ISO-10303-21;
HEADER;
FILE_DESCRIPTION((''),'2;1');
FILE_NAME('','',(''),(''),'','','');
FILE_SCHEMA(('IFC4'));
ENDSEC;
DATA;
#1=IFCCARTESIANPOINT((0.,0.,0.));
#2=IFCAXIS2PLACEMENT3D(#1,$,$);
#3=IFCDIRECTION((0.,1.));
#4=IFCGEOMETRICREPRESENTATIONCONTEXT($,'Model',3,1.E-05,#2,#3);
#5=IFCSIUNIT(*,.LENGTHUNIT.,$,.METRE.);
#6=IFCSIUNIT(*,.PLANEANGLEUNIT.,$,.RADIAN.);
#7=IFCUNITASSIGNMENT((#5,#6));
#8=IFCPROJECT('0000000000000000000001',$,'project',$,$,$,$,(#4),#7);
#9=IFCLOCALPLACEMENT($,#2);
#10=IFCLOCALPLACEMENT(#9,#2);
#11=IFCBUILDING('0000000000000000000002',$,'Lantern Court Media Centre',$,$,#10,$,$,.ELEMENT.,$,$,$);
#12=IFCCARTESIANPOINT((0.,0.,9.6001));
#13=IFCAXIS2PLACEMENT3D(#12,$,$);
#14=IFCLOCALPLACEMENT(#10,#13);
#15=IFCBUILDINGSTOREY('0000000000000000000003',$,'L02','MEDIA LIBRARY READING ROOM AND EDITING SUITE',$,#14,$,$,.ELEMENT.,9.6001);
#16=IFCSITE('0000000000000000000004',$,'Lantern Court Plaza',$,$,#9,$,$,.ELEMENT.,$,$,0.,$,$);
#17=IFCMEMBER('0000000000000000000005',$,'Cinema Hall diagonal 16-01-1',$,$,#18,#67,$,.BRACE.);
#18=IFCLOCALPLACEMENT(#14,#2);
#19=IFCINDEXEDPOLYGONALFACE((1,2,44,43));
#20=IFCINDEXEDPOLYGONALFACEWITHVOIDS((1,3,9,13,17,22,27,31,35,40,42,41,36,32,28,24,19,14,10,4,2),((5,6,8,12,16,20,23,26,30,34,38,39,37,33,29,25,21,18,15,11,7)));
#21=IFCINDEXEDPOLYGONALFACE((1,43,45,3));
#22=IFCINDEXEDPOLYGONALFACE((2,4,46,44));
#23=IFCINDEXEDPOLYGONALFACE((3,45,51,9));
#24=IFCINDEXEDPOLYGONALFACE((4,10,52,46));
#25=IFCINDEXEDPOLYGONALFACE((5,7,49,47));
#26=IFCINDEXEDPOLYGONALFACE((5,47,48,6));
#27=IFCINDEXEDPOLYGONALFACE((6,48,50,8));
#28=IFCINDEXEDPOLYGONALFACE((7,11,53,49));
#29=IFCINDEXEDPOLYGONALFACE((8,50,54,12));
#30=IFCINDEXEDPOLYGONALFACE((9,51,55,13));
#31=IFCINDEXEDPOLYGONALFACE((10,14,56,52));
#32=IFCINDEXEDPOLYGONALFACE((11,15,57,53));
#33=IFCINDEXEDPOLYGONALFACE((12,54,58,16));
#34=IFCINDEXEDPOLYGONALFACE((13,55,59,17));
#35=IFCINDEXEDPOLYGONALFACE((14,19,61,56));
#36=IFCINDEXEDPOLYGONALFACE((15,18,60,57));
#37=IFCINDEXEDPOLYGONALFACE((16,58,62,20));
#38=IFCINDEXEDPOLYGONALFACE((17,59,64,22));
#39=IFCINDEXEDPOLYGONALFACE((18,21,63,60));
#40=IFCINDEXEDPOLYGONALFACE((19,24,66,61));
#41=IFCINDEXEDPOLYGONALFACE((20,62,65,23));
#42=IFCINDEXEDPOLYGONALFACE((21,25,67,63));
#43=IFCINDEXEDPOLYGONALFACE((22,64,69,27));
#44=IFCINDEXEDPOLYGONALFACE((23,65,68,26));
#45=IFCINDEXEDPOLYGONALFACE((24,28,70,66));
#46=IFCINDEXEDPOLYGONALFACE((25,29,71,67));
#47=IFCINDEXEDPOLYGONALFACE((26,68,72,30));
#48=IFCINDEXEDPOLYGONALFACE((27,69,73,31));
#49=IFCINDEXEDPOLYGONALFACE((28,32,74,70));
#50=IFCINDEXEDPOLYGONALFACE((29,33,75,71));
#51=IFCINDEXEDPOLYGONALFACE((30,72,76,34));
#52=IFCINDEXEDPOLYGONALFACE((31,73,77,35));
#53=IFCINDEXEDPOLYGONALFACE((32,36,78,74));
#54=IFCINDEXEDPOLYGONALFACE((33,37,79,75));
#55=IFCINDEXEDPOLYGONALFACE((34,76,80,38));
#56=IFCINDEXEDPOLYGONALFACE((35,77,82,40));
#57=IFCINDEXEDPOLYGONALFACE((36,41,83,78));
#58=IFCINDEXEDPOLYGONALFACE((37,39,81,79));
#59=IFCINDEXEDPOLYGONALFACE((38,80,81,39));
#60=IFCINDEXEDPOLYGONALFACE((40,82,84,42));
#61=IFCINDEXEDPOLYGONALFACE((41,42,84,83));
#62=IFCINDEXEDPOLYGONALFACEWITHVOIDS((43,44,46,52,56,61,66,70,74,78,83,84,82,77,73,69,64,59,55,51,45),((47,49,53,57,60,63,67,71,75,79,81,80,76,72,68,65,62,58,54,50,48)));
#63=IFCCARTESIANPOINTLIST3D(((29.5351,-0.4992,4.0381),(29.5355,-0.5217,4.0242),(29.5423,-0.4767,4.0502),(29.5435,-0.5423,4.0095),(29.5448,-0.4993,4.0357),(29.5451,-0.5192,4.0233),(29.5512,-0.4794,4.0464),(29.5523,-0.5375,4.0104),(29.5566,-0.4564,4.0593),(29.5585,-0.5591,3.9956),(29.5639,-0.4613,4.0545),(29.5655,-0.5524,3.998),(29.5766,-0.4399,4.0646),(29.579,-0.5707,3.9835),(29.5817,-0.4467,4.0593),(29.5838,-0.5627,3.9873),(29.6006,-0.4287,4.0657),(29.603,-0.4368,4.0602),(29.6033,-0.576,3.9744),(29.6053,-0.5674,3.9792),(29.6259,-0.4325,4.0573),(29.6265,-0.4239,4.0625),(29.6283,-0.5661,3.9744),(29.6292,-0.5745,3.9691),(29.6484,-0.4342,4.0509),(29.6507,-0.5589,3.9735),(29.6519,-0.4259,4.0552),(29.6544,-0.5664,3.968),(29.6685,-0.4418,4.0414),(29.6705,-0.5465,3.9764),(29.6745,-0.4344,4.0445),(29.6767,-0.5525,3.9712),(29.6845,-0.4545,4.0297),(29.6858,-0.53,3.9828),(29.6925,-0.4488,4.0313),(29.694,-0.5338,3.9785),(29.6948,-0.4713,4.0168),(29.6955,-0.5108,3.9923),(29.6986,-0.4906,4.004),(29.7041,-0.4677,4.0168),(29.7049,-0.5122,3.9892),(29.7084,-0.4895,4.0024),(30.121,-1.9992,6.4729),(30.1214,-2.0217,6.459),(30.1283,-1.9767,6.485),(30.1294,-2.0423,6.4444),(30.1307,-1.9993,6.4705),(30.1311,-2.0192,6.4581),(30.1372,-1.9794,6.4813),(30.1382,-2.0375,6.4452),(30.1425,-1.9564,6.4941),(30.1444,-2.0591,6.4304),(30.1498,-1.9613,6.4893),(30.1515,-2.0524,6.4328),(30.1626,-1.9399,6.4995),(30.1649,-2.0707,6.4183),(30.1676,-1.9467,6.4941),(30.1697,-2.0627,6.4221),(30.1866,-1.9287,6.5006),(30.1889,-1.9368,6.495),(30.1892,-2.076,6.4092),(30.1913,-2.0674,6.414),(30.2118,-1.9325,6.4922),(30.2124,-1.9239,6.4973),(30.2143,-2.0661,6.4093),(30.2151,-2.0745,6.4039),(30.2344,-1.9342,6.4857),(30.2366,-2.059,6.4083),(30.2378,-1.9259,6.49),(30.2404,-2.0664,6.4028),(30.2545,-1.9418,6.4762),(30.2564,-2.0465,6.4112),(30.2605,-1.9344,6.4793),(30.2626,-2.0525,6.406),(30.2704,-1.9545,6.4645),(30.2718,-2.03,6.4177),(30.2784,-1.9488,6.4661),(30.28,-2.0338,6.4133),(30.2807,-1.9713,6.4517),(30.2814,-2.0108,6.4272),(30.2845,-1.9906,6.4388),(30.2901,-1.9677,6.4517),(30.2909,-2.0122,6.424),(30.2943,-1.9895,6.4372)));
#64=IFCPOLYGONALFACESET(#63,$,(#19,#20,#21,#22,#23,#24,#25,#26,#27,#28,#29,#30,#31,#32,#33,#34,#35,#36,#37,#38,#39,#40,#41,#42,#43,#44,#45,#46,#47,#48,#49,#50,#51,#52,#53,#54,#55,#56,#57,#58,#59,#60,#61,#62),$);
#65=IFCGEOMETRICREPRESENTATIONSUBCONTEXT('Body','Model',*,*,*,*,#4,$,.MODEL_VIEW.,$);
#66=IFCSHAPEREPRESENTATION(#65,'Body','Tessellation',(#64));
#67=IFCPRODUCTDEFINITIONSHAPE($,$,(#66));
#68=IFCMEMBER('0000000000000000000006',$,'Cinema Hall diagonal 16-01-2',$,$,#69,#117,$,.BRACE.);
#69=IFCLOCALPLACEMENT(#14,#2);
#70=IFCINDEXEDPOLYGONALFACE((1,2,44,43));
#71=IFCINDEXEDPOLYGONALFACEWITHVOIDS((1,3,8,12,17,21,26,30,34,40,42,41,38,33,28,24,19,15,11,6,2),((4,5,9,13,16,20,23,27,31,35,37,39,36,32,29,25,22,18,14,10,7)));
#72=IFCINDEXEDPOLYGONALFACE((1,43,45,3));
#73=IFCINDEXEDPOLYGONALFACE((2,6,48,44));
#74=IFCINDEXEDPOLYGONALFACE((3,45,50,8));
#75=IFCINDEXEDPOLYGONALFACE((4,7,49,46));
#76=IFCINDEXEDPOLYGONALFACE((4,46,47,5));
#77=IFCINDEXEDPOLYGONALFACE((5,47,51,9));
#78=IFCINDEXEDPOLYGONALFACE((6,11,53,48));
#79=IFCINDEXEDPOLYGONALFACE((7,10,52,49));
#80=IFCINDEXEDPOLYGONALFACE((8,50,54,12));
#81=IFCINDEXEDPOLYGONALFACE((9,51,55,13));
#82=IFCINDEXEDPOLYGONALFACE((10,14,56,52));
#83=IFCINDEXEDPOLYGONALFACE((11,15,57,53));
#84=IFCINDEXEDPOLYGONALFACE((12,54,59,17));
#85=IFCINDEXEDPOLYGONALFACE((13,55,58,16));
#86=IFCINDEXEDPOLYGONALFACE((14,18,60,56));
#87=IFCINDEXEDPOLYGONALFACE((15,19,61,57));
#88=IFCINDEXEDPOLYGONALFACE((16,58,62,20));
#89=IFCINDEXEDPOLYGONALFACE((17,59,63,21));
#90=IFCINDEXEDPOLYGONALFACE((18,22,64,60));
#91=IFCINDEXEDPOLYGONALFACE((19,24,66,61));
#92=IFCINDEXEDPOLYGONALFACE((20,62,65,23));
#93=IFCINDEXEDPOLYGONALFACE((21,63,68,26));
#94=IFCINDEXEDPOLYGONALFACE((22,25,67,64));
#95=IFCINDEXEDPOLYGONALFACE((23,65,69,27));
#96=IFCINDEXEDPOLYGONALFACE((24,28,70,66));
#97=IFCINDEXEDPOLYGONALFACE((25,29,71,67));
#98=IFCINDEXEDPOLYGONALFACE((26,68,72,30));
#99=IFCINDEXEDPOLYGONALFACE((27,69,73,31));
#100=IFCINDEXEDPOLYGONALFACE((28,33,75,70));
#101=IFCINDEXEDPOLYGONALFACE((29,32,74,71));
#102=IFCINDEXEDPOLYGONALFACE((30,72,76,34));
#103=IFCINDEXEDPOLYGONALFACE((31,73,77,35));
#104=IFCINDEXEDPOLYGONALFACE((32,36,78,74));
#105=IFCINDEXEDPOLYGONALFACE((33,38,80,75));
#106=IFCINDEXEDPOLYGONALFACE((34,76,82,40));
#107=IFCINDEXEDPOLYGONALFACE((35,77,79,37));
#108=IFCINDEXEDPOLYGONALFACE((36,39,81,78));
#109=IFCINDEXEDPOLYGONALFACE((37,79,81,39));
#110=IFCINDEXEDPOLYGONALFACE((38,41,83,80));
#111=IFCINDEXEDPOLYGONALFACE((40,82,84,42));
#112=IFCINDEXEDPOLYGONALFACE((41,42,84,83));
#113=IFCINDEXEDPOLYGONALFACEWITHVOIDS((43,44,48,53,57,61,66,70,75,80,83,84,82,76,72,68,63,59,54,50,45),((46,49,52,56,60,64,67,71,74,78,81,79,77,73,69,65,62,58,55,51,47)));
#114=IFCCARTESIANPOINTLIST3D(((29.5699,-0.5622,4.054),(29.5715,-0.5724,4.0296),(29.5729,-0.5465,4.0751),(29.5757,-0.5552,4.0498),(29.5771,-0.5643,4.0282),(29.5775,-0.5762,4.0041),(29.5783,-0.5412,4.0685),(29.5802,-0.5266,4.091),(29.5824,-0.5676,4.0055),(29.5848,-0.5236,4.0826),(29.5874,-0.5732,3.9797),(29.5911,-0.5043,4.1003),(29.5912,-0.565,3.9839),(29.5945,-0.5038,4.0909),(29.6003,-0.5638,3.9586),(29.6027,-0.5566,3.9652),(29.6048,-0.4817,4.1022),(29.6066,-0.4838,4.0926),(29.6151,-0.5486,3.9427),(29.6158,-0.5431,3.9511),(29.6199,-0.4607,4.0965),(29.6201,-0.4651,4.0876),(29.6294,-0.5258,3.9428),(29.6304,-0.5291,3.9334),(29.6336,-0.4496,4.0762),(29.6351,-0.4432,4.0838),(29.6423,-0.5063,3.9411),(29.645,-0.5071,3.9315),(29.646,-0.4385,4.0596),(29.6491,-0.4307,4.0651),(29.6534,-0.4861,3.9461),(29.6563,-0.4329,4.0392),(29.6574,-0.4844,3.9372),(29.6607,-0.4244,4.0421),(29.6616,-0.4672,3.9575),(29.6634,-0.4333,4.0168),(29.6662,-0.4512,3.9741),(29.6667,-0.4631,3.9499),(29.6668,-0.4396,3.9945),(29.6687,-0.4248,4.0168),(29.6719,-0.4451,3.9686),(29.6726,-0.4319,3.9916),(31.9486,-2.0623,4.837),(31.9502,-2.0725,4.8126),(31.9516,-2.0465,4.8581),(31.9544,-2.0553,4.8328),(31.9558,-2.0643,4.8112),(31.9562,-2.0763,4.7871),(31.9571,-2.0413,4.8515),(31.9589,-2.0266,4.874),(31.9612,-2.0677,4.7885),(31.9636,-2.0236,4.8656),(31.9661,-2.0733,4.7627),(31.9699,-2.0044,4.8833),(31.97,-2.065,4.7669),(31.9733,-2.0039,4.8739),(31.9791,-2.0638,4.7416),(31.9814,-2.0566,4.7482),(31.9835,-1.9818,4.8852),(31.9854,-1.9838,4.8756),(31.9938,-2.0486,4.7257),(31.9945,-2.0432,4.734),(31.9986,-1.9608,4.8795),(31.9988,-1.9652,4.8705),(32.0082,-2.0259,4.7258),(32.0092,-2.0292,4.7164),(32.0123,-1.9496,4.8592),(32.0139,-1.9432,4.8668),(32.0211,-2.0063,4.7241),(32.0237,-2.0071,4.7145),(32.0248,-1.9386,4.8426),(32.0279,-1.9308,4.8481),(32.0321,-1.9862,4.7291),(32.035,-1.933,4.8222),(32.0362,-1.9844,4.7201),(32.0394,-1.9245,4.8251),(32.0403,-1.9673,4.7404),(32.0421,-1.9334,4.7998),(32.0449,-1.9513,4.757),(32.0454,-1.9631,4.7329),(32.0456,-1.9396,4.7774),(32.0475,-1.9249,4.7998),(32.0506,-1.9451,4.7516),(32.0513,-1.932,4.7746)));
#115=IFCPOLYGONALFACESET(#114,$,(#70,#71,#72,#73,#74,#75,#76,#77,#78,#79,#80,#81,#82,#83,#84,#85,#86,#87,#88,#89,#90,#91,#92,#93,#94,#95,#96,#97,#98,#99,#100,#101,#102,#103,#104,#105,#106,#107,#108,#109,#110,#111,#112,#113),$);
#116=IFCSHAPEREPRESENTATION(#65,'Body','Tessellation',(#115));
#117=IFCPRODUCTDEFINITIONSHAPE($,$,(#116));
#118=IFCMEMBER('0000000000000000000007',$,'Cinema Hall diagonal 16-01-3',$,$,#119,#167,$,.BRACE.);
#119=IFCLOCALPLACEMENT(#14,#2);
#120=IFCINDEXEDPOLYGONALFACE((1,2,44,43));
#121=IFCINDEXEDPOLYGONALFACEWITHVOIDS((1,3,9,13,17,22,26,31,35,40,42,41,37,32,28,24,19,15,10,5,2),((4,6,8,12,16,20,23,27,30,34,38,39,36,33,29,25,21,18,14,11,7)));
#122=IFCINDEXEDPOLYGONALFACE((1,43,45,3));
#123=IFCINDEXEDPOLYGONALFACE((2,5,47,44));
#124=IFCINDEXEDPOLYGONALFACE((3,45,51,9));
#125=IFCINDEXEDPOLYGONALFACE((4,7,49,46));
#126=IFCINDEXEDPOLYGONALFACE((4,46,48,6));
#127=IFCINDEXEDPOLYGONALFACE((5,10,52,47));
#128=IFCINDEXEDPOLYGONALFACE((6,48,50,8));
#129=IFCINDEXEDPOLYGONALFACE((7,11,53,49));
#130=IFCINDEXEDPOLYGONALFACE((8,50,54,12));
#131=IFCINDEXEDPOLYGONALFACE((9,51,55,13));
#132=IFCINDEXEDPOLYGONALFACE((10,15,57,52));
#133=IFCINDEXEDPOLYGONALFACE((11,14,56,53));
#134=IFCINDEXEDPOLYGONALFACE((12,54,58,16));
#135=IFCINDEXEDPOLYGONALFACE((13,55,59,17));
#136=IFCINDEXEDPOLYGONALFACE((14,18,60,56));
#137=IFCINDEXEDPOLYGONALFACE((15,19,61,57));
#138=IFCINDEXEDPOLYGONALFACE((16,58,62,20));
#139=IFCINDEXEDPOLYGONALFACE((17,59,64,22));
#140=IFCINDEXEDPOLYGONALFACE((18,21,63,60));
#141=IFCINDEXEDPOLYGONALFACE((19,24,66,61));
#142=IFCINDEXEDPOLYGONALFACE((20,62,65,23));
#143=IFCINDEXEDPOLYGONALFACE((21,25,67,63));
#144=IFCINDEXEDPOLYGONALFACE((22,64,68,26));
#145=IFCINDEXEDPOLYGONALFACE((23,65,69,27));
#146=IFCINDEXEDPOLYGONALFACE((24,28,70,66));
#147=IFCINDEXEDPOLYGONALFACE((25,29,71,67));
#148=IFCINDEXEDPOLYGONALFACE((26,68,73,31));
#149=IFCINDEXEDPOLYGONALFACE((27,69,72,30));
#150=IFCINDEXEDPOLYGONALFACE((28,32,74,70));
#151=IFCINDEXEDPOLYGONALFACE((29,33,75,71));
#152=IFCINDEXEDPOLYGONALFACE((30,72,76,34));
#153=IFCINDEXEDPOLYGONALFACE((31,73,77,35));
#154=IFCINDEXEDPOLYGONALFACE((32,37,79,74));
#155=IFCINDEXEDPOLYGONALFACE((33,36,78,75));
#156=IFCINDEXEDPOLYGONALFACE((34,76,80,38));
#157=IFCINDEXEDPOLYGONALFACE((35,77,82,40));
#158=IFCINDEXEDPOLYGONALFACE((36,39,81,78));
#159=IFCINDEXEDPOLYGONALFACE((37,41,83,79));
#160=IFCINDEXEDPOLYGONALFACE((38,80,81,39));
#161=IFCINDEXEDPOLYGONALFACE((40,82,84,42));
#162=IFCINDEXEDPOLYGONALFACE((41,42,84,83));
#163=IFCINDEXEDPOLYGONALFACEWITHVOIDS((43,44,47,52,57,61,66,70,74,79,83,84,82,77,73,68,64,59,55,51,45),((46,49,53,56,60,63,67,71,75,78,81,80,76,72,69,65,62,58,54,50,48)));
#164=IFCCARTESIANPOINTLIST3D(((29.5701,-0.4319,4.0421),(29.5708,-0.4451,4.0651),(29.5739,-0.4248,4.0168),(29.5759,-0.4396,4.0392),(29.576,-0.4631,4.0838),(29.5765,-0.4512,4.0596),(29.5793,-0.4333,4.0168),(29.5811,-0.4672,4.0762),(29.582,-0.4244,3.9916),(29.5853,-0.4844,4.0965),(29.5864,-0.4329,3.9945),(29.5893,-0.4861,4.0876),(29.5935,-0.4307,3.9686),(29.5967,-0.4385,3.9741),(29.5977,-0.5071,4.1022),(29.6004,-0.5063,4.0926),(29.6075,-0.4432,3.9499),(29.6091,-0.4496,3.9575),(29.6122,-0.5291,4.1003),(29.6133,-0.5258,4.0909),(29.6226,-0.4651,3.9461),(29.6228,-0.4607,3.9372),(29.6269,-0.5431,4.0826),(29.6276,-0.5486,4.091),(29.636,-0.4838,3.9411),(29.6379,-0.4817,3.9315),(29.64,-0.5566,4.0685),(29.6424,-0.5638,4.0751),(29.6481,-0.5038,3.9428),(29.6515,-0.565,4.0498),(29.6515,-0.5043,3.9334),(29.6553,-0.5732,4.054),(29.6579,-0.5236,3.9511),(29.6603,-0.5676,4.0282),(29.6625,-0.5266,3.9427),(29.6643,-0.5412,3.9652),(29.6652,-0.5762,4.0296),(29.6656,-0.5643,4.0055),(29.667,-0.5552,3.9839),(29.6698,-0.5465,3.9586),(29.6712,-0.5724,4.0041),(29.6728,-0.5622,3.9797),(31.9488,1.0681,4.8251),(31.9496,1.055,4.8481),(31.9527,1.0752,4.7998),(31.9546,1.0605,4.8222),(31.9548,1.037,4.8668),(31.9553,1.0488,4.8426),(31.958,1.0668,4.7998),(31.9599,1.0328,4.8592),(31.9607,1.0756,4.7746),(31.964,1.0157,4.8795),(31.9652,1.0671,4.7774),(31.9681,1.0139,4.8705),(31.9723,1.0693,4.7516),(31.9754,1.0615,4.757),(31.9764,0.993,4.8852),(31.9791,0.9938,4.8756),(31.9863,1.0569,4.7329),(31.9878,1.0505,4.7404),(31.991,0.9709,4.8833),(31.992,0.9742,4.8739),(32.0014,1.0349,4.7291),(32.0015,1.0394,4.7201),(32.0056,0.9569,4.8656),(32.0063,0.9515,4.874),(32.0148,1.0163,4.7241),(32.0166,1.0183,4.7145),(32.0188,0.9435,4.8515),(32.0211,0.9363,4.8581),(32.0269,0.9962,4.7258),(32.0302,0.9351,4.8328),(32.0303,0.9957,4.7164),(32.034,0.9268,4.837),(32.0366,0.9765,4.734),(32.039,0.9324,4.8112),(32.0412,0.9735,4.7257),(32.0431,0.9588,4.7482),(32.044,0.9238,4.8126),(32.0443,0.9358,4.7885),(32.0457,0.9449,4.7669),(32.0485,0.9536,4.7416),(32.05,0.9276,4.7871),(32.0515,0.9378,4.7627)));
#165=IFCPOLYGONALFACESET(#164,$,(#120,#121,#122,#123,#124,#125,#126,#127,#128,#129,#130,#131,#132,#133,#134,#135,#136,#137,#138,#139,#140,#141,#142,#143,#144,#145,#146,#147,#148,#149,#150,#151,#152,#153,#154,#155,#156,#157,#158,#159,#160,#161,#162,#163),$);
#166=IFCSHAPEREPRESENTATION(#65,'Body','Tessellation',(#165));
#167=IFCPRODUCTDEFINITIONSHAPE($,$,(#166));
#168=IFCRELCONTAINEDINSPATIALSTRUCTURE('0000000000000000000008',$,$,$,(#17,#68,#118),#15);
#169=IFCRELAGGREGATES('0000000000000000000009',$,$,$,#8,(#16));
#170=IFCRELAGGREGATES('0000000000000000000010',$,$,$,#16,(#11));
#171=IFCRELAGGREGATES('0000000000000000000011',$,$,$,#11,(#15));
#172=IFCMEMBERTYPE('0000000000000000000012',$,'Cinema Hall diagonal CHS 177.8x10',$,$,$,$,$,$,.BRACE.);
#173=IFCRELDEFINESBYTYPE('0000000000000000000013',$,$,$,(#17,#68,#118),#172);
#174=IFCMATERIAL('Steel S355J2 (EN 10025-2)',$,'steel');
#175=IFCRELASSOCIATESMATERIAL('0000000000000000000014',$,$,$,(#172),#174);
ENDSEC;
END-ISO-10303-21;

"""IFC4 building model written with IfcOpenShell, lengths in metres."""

from ifc_helpers import new_model, si_unit, direction, frame, origin, origin_2d, place, context, subcontext, project, spatial, hollow_circle, extrude, material, material_profile, profile_set, type_object, element, save


model = new_model("IFC4")

# Units and contexts
model_context = context("Model", 3, precision=1e-05, world=origin(), true_north=direction((0.0, 1.0)))
body_context = subcontext(model_context, "Body", "Model", "MODEL_VIEW")
ifc_project = project(units=[si_unit("LENGTHUNIT", "METRE"), si_unit("PLANEANGLEUNIT", "RADIAN")], contexts=[model_context])

# Site, building, storey
site_placement = place(None, origin())
site = spatial("IfcSite", under=ifc_project, at=site_placement, Name="Lantern Court Plaza", CompositionType="ELEMENT", RefElevation=0.0)
building_placement = place(site_placement, origin())
building = spatial("IfcBuilding", under=site, at=building_placement, Name="Lantern Court Media Centre", CompositionType="ELEMENT")
storey_placement = place(building_placement, frame((0.0, 0.0, 9.6001)))
storey = spatial("IfcBuildingStorey", under=building, at=storey_placement, Name="L02", Description="MEDIA LIBRARY READING ROOM AND EDITING SUITE", CompositionType="ELEMENT", Elevation=9.6001)

# Members
ifc_material_1 = material(Name="Steel S355J2 (EN 10025-2)", Category="steel")
ifc_material_profile_1 = material_profile(ifc_material_1, hollow_circle(Radius=0.0889, WallThickness=0.01, at=origin_2d()), Name="Cinema Hall diagonal CHS 177.8x10")
ifc_profile_set_1 = profile_set([ifc_material_profile_1], Name="Steel S355J2 (EN 10025-2)")
member_type_1 = type_object("IfcMemberType", Name="Cinema Hall diagonal CHS 177.8x10", PredefinedType="BRACE", material=ifc_profile_set_1)
for number, where, z_axis, x_axis, name in (
    (1, (29.6213, -0.5, 4.0168), (0.20072, -0.513842, 0.834073), (0.931457, 0.363851, 0.0), "Cinema Hall diagonal 16-01-1"),
    (2, (29.6213, -0.5, 4.0168), (0.814866, -0.51386, 0.268221), (0.533405, 0.84586, 0.0), "Cinema Hall diagonal 16-01-2"),
    (3, (29.6213, -0.5, 4.0168), (0.814866, 0.51386, 0.268221), (-0.533405, 0.84586, 0.0), "Cinema Hall diagonal 16-01-3"),
):
    element("IfcMember", number, at=place(storey_placement, frame(where, z_axis=z_axis, x_axis=x_axis)), inside=storey, type_object=member_type_1, Name=name, PredefinedType="BRACE", context=body_context, shape_type="SweptSolid", body=[
        extrude(hollow_circle(Radius=0.0889, WallThickness=0.01, at=origin_2d()), origin(), (0.0, 0.0, 1.0), 2.9192),
    ])

save(model, "model.ifc")
